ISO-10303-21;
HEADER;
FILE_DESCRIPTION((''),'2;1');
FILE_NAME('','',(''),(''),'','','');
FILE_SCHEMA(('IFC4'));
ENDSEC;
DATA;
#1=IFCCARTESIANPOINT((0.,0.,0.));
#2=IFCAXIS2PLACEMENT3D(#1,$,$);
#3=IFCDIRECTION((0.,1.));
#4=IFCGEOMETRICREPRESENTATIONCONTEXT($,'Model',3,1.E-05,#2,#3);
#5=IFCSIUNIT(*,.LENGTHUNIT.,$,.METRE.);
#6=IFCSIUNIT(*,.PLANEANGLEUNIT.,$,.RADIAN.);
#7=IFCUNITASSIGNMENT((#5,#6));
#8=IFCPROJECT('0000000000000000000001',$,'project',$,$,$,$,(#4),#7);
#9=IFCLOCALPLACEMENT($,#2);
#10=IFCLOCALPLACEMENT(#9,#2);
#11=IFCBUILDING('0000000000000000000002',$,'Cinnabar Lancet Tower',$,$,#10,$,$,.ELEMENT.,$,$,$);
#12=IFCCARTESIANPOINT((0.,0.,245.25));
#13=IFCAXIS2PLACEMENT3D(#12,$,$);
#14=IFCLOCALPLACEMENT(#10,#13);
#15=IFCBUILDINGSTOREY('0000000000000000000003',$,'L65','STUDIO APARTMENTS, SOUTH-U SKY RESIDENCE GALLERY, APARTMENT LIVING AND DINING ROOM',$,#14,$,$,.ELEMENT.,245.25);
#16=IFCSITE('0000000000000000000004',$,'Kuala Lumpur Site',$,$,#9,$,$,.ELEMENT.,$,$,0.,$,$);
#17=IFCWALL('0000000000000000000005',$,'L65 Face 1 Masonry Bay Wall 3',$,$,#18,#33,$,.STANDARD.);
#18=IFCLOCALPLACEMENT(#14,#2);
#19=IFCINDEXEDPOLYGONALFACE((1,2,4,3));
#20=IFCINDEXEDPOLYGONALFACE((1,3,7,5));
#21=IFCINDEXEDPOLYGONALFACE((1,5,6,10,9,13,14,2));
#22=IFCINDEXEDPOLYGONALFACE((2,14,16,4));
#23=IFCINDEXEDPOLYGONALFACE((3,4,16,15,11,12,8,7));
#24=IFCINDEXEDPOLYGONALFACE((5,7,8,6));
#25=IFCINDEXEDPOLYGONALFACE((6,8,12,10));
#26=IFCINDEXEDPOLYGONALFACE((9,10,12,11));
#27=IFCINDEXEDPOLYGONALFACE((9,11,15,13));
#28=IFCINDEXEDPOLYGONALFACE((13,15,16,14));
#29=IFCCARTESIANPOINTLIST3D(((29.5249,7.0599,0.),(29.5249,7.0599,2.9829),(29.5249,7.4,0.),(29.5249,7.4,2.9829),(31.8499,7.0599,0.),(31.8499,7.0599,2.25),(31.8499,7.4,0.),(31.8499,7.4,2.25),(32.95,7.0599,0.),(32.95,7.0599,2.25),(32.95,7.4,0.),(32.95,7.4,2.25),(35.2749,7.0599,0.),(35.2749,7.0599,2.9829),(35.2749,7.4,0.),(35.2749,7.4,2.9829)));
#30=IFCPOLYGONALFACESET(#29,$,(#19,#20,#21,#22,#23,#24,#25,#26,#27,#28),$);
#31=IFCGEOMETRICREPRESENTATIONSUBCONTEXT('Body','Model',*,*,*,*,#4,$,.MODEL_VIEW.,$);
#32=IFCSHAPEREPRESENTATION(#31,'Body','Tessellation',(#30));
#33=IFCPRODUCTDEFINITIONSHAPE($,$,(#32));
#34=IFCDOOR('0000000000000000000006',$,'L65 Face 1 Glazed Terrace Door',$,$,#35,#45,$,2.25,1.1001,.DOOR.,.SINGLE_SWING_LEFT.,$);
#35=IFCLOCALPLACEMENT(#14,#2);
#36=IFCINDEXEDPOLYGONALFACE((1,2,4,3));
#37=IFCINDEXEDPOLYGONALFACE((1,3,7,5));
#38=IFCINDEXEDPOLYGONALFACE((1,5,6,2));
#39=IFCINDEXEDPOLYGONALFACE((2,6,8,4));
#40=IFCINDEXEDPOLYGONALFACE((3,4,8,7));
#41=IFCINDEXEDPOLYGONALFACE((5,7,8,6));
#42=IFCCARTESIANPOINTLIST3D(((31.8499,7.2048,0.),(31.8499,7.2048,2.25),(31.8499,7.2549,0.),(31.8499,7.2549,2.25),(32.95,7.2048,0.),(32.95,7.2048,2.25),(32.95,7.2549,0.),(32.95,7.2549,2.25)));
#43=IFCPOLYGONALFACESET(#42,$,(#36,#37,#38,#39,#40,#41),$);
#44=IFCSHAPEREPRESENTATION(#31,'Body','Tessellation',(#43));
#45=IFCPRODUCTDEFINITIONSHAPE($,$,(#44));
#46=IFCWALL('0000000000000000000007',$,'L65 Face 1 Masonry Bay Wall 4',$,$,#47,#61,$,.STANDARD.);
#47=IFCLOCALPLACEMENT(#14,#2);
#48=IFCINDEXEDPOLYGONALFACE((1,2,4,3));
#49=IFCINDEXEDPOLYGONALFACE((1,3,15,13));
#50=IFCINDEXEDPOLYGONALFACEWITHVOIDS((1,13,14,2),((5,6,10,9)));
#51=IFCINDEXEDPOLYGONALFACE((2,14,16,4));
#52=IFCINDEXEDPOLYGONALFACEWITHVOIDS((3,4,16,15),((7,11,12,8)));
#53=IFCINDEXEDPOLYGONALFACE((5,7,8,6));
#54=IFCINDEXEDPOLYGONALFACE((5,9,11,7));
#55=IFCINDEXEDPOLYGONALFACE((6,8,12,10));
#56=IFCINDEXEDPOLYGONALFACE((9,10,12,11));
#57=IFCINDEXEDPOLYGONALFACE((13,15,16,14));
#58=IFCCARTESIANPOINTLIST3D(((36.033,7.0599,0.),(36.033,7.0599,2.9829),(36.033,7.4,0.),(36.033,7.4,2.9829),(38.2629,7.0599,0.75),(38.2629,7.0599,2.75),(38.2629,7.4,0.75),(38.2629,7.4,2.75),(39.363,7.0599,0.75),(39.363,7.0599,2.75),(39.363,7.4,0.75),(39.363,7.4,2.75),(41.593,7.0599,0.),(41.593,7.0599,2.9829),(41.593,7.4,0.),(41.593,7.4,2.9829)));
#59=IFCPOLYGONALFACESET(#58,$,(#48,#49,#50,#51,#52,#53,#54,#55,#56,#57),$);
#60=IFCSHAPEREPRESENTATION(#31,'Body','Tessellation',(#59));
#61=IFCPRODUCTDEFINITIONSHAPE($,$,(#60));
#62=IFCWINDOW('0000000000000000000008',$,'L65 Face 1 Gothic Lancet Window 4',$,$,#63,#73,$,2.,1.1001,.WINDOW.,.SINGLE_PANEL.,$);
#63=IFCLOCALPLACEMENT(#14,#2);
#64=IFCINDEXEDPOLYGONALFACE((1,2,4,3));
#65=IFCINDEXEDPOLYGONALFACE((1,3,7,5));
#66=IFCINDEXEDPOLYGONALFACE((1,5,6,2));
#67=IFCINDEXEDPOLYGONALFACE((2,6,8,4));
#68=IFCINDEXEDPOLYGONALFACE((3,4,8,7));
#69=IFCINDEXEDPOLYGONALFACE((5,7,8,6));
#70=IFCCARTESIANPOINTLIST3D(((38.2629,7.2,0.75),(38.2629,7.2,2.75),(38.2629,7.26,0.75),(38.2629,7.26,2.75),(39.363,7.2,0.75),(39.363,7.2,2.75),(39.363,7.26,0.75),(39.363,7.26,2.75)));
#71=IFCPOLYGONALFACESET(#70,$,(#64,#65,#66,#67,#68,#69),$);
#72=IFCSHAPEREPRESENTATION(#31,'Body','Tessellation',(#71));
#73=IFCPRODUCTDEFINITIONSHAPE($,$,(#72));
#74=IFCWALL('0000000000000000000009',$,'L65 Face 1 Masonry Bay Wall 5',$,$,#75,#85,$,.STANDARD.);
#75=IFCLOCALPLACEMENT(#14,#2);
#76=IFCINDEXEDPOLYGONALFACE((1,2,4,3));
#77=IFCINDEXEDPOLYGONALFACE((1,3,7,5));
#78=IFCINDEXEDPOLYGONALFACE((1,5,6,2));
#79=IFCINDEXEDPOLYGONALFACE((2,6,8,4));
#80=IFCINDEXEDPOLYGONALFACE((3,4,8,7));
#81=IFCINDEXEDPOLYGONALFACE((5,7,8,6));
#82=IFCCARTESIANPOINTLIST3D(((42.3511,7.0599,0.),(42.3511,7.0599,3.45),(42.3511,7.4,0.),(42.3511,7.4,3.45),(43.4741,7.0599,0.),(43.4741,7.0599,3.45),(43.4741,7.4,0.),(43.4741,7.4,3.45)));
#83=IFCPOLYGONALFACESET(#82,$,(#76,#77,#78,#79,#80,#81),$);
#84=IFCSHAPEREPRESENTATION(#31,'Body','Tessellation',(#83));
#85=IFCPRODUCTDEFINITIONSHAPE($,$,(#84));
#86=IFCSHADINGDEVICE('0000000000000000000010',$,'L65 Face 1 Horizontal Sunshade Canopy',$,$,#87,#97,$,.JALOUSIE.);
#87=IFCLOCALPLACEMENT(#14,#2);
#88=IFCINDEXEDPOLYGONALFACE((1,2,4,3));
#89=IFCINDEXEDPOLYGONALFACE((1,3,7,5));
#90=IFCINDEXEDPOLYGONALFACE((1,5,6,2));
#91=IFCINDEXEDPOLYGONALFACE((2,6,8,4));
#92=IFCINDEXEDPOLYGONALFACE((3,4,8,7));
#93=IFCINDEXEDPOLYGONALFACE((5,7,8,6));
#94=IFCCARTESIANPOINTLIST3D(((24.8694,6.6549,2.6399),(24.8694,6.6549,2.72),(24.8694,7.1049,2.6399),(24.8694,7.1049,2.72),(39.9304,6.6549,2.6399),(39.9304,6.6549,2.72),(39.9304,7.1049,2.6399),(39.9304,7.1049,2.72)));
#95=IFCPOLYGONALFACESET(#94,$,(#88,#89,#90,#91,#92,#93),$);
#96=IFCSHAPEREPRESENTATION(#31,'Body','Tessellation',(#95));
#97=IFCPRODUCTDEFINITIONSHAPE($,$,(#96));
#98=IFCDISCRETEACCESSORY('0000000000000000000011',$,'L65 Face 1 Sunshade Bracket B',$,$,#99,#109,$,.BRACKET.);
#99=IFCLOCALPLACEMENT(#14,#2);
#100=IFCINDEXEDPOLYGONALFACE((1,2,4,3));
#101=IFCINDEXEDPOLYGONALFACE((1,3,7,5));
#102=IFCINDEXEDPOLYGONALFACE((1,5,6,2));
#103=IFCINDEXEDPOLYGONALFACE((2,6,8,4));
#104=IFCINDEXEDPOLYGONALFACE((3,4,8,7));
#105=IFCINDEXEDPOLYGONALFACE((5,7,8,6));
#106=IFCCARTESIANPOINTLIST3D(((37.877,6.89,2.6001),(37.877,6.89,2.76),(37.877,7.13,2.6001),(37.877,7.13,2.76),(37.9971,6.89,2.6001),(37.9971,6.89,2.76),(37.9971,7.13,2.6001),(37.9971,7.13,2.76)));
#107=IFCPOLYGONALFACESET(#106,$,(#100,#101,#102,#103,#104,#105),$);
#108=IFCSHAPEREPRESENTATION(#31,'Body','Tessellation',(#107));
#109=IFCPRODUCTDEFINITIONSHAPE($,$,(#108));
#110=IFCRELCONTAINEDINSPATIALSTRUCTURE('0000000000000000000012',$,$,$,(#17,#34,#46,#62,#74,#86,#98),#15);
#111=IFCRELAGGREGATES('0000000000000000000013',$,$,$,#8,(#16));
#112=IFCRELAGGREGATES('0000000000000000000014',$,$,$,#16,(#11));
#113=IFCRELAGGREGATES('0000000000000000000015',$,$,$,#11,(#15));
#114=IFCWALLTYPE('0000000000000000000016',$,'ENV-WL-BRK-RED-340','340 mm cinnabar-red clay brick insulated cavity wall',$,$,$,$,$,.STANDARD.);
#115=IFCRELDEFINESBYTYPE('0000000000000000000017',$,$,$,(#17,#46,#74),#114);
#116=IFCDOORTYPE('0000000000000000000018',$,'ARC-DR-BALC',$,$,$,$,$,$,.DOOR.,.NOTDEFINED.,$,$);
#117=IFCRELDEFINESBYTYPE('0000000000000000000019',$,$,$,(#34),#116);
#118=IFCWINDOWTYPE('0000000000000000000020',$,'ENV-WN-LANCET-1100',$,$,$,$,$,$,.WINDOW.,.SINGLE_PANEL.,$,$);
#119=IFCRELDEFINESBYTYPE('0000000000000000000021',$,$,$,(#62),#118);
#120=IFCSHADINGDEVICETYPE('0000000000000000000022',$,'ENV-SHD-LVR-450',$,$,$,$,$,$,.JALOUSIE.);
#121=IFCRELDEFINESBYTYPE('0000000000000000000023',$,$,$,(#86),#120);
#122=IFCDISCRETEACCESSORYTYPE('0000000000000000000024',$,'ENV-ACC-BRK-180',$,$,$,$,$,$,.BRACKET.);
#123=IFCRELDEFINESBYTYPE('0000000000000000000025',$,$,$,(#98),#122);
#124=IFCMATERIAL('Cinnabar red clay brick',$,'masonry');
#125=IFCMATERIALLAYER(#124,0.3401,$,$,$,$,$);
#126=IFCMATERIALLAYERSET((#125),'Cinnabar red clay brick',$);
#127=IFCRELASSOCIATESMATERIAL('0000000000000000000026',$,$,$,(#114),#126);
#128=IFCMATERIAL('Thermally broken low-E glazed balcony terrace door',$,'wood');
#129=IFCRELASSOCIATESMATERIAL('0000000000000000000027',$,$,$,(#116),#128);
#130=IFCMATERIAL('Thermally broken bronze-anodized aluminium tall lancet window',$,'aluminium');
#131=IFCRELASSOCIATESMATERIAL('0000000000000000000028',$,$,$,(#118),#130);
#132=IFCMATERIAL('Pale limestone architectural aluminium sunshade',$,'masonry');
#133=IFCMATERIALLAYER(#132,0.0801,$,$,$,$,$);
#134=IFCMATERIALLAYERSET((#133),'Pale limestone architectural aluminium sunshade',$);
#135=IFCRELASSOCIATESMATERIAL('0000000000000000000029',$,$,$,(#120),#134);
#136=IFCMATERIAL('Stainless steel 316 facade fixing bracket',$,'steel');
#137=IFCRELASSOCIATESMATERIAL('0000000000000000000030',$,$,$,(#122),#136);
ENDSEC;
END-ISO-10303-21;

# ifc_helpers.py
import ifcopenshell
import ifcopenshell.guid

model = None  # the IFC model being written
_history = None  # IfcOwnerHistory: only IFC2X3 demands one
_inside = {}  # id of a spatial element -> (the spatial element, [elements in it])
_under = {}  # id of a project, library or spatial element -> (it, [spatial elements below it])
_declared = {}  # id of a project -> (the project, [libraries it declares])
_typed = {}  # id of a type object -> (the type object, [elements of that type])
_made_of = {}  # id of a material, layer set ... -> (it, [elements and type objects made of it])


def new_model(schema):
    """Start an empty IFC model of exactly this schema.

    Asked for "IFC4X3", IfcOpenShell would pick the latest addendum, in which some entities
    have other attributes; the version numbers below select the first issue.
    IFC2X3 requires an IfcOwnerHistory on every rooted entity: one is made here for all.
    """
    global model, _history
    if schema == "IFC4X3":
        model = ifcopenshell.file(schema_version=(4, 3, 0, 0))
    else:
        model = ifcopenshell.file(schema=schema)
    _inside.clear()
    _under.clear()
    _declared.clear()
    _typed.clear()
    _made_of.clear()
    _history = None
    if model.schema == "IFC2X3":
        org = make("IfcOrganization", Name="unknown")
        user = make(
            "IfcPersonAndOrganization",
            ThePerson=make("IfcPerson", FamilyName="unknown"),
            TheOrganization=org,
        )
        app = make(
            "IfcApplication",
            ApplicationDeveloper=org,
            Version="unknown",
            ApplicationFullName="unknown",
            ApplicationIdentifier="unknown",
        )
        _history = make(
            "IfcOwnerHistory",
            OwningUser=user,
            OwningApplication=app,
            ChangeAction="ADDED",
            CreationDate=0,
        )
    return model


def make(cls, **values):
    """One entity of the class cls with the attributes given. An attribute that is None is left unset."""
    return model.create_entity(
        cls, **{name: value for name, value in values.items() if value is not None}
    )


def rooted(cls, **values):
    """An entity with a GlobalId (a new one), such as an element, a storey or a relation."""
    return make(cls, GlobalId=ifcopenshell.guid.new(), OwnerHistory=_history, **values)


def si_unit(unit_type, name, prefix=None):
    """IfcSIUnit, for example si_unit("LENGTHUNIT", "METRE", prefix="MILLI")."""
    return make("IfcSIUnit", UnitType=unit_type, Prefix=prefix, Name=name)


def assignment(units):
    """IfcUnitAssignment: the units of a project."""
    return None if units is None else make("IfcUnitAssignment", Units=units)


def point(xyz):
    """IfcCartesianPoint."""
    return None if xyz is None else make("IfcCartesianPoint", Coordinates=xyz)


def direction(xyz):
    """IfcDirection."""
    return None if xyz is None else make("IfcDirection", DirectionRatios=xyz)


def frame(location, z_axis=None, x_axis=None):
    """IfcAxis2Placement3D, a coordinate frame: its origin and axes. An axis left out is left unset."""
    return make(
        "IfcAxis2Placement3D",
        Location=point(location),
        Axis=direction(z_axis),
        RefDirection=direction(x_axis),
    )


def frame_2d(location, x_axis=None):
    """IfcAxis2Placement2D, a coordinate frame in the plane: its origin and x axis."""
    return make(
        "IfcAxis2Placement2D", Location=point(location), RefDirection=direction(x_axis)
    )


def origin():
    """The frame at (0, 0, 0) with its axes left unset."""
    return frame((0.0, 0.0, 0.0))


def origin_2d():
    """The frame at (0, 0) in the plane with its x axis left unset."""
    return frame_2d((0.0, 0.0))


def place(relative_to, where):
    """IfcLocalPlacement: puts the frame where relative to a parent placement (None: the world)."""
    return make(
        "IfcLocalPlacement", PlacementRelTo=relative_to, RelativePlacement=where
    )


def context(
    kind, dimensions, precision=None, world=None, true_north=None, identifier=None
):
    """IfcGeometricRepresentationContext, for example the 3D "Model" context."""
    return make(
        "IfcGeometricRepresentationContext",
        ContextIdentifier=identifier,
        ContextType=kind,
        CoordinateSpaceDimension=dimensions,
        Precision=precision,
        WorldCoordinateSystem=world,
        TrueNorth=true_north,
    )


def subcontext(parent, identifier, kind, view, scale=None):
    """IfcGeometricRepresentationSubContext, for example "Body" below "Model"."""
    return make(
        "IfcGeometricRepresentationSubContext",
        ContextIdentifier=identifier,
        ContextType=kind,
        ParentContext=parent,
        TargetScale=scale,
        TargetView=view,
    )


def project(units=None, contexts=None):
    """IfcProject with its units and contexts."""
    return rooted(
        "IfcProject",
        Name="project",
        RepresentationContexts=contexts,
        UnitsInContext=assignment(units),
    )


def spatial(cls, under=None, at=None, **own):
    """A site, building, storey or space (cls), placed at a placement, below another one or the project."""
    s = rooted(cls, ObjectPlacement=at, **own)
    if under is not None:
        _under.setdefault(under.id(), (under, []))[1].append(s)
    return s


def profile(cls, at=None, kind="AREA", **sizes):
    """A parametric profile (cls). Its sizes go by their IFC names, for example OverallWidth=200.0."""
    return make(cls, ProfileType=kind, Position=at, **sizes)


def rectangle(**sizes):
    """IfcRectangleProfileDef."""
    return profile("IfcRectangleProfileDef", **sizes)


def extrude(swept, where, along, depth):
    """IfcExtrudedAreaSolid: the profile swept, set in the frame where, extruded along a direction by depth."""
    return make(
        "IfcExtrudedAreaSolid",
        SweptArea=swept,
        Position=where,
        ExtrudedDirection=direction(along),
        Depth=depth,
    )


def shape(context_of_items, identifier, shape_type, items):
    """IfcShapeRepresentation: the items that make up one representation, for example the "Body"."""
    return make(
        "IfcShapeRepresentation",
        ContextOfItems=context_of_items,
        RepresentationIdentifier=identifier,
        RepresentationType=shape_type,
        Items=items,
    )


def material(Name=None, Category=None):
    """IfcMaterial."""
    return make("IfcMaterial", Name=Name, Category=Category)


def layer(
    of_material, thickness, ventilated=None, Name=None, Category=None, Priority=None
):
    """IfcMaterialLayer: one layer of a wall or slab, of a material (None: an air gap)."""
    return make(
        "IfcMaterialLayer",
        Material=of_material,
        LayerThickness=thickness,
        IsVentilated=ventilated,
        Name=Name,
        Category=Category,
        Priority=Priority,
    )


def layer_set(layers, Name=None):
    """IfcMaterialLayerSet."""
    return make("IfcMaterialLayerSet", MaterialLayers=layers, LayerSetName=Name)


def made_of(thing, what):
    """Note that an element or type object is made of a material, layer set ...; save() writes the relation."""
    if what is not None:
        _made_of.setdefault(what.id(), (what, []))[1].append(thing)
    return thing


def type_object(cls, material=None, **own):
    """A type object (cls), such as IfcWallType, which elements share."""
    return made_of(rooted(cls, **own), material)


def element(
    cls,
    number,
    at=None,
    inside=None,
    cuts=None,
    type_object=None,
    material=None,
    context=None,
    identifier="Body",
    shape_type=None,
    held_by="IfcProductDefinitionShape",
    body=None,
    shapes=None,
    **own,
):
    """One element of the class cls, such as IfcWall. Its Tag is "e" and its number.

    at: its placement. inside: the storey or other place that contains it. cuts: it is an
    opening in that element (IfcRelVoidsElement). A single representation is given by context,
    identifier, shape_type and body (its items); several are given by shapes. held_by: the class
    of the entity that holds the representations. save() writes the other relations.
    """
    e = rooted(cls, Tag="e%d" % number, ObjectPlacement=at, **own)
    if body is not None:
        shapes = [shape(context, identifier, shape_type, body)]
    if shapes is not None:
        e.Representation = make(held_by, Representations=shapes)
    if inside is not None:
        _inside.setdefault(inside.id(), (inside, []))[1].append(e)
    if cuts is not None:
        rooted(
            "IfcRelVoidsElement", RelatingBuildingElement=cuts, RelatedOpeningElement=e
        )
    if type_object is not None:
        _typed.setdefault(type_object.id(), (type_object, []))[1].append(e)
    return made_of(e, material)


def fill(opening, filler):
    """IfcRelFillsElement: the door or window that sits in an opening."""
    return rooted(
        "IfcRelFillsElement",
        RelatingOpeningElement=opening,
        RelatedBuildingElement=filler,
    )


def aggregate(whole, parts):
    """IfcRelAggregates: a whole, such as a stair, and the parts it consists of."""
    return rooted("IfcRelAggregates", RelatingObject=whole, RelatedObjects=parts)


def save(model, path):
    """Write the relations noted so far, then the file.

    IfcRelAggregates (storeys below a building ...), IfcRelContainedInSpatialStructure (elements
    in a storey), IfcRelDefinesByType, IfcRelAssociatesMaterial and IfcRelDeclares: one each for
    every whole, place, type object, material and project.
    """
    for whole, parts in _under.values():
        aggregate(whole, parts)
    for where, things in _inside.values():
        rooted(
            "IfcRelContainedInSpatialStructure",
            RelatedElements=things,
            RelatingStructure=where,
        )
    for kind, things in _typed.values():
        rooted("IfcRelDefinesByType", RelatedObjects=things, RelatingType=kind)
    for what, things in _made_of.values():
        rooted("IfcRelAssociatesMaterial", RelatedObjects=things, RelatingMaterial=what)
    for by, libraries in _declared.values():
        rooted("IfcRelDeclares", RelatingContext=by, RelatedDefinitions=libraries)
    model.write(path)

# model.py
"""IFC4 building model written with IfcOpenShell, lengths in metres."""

from ifc_helpers import new_model, si_unit, direction, frame, frame_2d, origin, origin_2d, place, context, subcontext, project, spatial, rectangle, extrude, material, layer, layer_set, type_object, element, fill, save


model = new_model("IFC4")

# Units and contexts
model_context = context("Model", 3, precision=1e-05, world=origin(), true_north=direction((0.0, 1.0)))
body_context = subcontext(model_context, "Body", "Model", "MODEL_VIEW")
ifc_project = project(units=[si_unit("LENGTHUNIT", "METRE"), si_unit("PLANEANGLEUNIT", "RADIAN")], contexts=[model_context])

# Site, building, storey
site_placement = place(None, origin())
site = spatial("IfcSite", under=ifc_project, at=site_placement, Name="Kuala Lumpur Site", CompositionType="ELEMENT", RefElevation=0.0)
building_placement = place(site_placement, origin())
building = spatial("IfcBuilding", under=site, at=building_placement, Name="Cinnabar Lancet Tower", CompositionType="ELEMENT")
storey_placement = place(building_placement, frame((0.0, 0.0, 245.25)))
storey = spatial("IfcBuildingStorey", under=building, at=storey_placement, Name="L65", Description="STUDIO APARTMENTS, SOUTH-U SKY RESIDENCE GALLERY, APARTMENT LIVING AND DINING ROOM", CompositionType="ELEMENT", Elevation=245.25)

# Wall, opening, door
ifc_material_1 = material(Name="Cinnabar red clay brick", Category="masonry")
ifc_layer_1 = layer(ifc_material_1, 0.3401)
ifc_layer_set_1 = layer_set([ifc_layer_1], Name="Cinnabar red clay brick")
wall_type_1 = type_object("IfcWallType", Name="ENV-WL-BRK-RED-340", Description="340 mm cinnabar-red clay brick insulated cavity wall", PredefinedType="STANDARD", material=ifc_layer_set_1)
wall_1_placement = place(storey_placement, frame((29.5249, 7.23, 0.0), z_axis=(0.0, 0.0, 1.0), x_axis=(1.0, 0.0, 0.0)))
wall_1 = element("IfcWall", 1, at=wall_1_placement, inside=storey, type_object=wall_type_1, Name="L65 Face 1 Masonry Bay Wall 3", PredefinedType="STANDARD", context=body_context, shape_type="SweptSolid", body=[
    extrude(rectangle(XDim=5.75, YDim=0.3401, at=frame_2d((2.875, 0.0))), origin(), (0.0, 0.0, 1.0), 2.9829),
])
opening_1_placement = place(wall_1_placement, frame((2.325, 0.0, 0.0)))
opening_1 = element("IfcOpeningElement", 2, at=opening_1_placement, cuts=wall_1, PredefinedType="OPENING", context=body_context, shape_type="SweptSolid", body=[
    extrude(rectangle(XDim=1.1001, YDim=2.25, at=frame_2d((0.55, 1.125))), frame((0.0, 0.1799, 0.0), z_axis=(0.0, -1.0, 0.0), x_axis=(1.0, 0.0, 0.0)), (0.0, 0.0, 1.0), 0.3601),
])
ifc_material_2 = material(Name="Thermally broken low-E glazed balcony terrace door", Category="wood")
door_type_1 = type_object("IfcDoorType", Name="ARC-DR-BALC", OperationType="NOTDEFINED", PredefinedType="DOOR", material=ifc_material_2)
door_1_placement = place(opening_1_placement, origin())
door_1 = element("IfcDoor", 3, at=door_1_placement, inside=storey, type_object=door_type_1, Name="L65 Face 1 Glazed Terrace Door", OperationType="SINGLE_SWING_LEFT", OverallHeight=2.25, OverallWidth=1.1001, PredefinedType="DOOR", context=body_context, shape_type="SweptSolid", body=[
    extrude(rectangle(XDim=1.1001, YDim=2.25, at=frame_2d((0.55, 1.125))), frame((0.0, 0.0249, 0.0), z_axis=(0.0, -1.0, 0.0), x_axis=(1.0, 0.0, 0.0)), (0.0, 0.0, 1.0), 0.05),
])
fill(opening_1, door_1)

# Wall, opening, window
wall_2_placement = place(storey_placement, frame((36.033, 7.23, 0.0), z_axis=(0.0, 0.0, 1.0), x_axis=(1.0, 0.0, 0.0)))
wall_2 = element("IfcWall", 4, at=wall_2_placement, inside=storey, type_object=wall_type_1, Name="L65 Face 1 Masonry Bay Wall 4", PredefinedType="STANDARD", context=body_context, shape_type="SweptSolid", body=[
    extrude(rectangle(XDim=5.5601, YDim=0.3401, at=frame_2d((2.78, 0.0))), origin(), (0.0, 0.0, 1.0), 2.9829),
])
opening_2_placement = place(wall_2_placement, frame((2.23, 0.0, 0.75)))
opening_2 = element("IfcOpeningElement", 5, at=opening_2_placement, cuts=wall_2, PredefinedType="OPENING", context=body_context, shape_type="SweptSolid", body=[
    extrude(rectangle(XDim=1.1001, YDim=2.0, at=frame_2d((0.55, 1.0))), frame((0.0, 0.1799, 0.0), z_axis=(0.0, -1.0, 0.0), x_axis=(1.0, 0.0, 0.0)), (0.0, 0.0, 1.0), 0.3601),
])
ifc_material_3 = material(Name="Thermally broken bronze-anodized aluminium tall lancet window", Category="aluminium")
window_type = type_object("IfcWindowType", Name="ENV-WN-LANCET-1100", PartitioningType="SINGLE_PANEL", PredefinedType="WINDOW", material=ifc_material_3)
window_placement = place(opening_2_placement, origin())
window = element("IfcWindow", 6, at=window_placement, inside=storey, type_object=window_type, Name="L65 Face 1 Gothic Lancet Window 4", OverallHeight=2.0, OverallWidth=1.1001, PartitioningType="SINGLE_PANEL", PredefinedType="WINDOW", context=body_context, shape_type="SweptSolid", body=[
    extrude(rectangle(XDim=1.1001, YDim=2.0, at=frame_2d((0.55, 1.0))), frame((0.0, 0.03, 0.0), z_axis=(0.0, -1.0, 0.0), x_axis=(1.0, 0.0, 0.0)), (0.0, 0.0, 1.0), 0.0601),
])
fill(opening_2, window)

# Wall
wall_3_placement = place(storey_placement, frame((42.3511, 7.23, 0.0), z_axis=(0.0, 0.0, 1.0), x_axis=(1.0, 0.0, 0.0)))
element("IfcWall", 7, at=wall_3_placement, inside=storey, type_object=wall_type_1, Name="L65 Face 1 Masonry Bay Wall 5", PredefinedType="STANDARD", context=body_context, shape_type="SweptSolid", body=[
    extrude(rectangle(XDim=1.123, YDim=0.3401, at=frame_2d((0.5615, 0.0))), origin(), (0.0, 0.0, 1.0), 3.45),
])

# Shading device
ifc_material_4 = material(Name="Pale limestone architectural aluminium sunshade", Category="masonry")
ifc_layer_2 = layer(ifc_material_4, 0.0801)
ifc_layer_set_2 = layer_set([ifc_layer_2], Name="Pale limestone architectural aluminium sunshade")
shading_device_type = type_object("IfcShadingDeviceType", Name="ENV-SHD-LVR-450", PredefinedType="JALOUSIE", material=ifc_layer_set_2)
shading_device_placement = place(storey_placement, frame((32.3999, 6.8799, 2.6399), z_axis=(0.0, 0.0, 1.0), x_axis=(1.0, 0.0, 0.0)))
element("IfcShadingDevice", 8, at=shading_device_placement, inside=storey, type_object=shading_device_type, Name="L65 Face 1 Horizontal Sunshade Canopy", PredefinedType="JALOUSIE", context=body_context, shape_type="SweptSolid", body=[
    extrude(rectangle(XDim=15.061, YDim=0.45, at=origin_2d()), origin(), (0.0, 0.0, 1.0), 0.0801),
])

# Discrete accessory
ifc_material_5 = material(Name="Stainless steel 316 facade fixing bracket", Category="steel")
discrete_accessory_type = type_object("IfcDiscreteAccessoryType", Name="ENV-ACC-BRK-180", PredefinedType="BRACKET", material=ifc_material_5)
discrete_accessory_placement = place(storey_placement, frame((37.937, 7.01, 2.6001), z_axis=(0.0, 0.0, 1.0), x_axis=(1.0, 0.0, 0.0)))
element("IfcDiscreteAccessory", 9, at=discrete_accessory_placement, inside=storey, type_object=discrete_accessory_type, Name="L65 Face 1 Sunshade Bracket B", PredefinedType="BRACKET", context=body_context, shape_type="SweptSolid", body=[
    extrude(rectangle(XDim=0.1201, YDim=0.24, at=origin_2d()), origin(), (0.0, 0.0, 1.0), 0.1599),
])

save(model, "model.ifc")
